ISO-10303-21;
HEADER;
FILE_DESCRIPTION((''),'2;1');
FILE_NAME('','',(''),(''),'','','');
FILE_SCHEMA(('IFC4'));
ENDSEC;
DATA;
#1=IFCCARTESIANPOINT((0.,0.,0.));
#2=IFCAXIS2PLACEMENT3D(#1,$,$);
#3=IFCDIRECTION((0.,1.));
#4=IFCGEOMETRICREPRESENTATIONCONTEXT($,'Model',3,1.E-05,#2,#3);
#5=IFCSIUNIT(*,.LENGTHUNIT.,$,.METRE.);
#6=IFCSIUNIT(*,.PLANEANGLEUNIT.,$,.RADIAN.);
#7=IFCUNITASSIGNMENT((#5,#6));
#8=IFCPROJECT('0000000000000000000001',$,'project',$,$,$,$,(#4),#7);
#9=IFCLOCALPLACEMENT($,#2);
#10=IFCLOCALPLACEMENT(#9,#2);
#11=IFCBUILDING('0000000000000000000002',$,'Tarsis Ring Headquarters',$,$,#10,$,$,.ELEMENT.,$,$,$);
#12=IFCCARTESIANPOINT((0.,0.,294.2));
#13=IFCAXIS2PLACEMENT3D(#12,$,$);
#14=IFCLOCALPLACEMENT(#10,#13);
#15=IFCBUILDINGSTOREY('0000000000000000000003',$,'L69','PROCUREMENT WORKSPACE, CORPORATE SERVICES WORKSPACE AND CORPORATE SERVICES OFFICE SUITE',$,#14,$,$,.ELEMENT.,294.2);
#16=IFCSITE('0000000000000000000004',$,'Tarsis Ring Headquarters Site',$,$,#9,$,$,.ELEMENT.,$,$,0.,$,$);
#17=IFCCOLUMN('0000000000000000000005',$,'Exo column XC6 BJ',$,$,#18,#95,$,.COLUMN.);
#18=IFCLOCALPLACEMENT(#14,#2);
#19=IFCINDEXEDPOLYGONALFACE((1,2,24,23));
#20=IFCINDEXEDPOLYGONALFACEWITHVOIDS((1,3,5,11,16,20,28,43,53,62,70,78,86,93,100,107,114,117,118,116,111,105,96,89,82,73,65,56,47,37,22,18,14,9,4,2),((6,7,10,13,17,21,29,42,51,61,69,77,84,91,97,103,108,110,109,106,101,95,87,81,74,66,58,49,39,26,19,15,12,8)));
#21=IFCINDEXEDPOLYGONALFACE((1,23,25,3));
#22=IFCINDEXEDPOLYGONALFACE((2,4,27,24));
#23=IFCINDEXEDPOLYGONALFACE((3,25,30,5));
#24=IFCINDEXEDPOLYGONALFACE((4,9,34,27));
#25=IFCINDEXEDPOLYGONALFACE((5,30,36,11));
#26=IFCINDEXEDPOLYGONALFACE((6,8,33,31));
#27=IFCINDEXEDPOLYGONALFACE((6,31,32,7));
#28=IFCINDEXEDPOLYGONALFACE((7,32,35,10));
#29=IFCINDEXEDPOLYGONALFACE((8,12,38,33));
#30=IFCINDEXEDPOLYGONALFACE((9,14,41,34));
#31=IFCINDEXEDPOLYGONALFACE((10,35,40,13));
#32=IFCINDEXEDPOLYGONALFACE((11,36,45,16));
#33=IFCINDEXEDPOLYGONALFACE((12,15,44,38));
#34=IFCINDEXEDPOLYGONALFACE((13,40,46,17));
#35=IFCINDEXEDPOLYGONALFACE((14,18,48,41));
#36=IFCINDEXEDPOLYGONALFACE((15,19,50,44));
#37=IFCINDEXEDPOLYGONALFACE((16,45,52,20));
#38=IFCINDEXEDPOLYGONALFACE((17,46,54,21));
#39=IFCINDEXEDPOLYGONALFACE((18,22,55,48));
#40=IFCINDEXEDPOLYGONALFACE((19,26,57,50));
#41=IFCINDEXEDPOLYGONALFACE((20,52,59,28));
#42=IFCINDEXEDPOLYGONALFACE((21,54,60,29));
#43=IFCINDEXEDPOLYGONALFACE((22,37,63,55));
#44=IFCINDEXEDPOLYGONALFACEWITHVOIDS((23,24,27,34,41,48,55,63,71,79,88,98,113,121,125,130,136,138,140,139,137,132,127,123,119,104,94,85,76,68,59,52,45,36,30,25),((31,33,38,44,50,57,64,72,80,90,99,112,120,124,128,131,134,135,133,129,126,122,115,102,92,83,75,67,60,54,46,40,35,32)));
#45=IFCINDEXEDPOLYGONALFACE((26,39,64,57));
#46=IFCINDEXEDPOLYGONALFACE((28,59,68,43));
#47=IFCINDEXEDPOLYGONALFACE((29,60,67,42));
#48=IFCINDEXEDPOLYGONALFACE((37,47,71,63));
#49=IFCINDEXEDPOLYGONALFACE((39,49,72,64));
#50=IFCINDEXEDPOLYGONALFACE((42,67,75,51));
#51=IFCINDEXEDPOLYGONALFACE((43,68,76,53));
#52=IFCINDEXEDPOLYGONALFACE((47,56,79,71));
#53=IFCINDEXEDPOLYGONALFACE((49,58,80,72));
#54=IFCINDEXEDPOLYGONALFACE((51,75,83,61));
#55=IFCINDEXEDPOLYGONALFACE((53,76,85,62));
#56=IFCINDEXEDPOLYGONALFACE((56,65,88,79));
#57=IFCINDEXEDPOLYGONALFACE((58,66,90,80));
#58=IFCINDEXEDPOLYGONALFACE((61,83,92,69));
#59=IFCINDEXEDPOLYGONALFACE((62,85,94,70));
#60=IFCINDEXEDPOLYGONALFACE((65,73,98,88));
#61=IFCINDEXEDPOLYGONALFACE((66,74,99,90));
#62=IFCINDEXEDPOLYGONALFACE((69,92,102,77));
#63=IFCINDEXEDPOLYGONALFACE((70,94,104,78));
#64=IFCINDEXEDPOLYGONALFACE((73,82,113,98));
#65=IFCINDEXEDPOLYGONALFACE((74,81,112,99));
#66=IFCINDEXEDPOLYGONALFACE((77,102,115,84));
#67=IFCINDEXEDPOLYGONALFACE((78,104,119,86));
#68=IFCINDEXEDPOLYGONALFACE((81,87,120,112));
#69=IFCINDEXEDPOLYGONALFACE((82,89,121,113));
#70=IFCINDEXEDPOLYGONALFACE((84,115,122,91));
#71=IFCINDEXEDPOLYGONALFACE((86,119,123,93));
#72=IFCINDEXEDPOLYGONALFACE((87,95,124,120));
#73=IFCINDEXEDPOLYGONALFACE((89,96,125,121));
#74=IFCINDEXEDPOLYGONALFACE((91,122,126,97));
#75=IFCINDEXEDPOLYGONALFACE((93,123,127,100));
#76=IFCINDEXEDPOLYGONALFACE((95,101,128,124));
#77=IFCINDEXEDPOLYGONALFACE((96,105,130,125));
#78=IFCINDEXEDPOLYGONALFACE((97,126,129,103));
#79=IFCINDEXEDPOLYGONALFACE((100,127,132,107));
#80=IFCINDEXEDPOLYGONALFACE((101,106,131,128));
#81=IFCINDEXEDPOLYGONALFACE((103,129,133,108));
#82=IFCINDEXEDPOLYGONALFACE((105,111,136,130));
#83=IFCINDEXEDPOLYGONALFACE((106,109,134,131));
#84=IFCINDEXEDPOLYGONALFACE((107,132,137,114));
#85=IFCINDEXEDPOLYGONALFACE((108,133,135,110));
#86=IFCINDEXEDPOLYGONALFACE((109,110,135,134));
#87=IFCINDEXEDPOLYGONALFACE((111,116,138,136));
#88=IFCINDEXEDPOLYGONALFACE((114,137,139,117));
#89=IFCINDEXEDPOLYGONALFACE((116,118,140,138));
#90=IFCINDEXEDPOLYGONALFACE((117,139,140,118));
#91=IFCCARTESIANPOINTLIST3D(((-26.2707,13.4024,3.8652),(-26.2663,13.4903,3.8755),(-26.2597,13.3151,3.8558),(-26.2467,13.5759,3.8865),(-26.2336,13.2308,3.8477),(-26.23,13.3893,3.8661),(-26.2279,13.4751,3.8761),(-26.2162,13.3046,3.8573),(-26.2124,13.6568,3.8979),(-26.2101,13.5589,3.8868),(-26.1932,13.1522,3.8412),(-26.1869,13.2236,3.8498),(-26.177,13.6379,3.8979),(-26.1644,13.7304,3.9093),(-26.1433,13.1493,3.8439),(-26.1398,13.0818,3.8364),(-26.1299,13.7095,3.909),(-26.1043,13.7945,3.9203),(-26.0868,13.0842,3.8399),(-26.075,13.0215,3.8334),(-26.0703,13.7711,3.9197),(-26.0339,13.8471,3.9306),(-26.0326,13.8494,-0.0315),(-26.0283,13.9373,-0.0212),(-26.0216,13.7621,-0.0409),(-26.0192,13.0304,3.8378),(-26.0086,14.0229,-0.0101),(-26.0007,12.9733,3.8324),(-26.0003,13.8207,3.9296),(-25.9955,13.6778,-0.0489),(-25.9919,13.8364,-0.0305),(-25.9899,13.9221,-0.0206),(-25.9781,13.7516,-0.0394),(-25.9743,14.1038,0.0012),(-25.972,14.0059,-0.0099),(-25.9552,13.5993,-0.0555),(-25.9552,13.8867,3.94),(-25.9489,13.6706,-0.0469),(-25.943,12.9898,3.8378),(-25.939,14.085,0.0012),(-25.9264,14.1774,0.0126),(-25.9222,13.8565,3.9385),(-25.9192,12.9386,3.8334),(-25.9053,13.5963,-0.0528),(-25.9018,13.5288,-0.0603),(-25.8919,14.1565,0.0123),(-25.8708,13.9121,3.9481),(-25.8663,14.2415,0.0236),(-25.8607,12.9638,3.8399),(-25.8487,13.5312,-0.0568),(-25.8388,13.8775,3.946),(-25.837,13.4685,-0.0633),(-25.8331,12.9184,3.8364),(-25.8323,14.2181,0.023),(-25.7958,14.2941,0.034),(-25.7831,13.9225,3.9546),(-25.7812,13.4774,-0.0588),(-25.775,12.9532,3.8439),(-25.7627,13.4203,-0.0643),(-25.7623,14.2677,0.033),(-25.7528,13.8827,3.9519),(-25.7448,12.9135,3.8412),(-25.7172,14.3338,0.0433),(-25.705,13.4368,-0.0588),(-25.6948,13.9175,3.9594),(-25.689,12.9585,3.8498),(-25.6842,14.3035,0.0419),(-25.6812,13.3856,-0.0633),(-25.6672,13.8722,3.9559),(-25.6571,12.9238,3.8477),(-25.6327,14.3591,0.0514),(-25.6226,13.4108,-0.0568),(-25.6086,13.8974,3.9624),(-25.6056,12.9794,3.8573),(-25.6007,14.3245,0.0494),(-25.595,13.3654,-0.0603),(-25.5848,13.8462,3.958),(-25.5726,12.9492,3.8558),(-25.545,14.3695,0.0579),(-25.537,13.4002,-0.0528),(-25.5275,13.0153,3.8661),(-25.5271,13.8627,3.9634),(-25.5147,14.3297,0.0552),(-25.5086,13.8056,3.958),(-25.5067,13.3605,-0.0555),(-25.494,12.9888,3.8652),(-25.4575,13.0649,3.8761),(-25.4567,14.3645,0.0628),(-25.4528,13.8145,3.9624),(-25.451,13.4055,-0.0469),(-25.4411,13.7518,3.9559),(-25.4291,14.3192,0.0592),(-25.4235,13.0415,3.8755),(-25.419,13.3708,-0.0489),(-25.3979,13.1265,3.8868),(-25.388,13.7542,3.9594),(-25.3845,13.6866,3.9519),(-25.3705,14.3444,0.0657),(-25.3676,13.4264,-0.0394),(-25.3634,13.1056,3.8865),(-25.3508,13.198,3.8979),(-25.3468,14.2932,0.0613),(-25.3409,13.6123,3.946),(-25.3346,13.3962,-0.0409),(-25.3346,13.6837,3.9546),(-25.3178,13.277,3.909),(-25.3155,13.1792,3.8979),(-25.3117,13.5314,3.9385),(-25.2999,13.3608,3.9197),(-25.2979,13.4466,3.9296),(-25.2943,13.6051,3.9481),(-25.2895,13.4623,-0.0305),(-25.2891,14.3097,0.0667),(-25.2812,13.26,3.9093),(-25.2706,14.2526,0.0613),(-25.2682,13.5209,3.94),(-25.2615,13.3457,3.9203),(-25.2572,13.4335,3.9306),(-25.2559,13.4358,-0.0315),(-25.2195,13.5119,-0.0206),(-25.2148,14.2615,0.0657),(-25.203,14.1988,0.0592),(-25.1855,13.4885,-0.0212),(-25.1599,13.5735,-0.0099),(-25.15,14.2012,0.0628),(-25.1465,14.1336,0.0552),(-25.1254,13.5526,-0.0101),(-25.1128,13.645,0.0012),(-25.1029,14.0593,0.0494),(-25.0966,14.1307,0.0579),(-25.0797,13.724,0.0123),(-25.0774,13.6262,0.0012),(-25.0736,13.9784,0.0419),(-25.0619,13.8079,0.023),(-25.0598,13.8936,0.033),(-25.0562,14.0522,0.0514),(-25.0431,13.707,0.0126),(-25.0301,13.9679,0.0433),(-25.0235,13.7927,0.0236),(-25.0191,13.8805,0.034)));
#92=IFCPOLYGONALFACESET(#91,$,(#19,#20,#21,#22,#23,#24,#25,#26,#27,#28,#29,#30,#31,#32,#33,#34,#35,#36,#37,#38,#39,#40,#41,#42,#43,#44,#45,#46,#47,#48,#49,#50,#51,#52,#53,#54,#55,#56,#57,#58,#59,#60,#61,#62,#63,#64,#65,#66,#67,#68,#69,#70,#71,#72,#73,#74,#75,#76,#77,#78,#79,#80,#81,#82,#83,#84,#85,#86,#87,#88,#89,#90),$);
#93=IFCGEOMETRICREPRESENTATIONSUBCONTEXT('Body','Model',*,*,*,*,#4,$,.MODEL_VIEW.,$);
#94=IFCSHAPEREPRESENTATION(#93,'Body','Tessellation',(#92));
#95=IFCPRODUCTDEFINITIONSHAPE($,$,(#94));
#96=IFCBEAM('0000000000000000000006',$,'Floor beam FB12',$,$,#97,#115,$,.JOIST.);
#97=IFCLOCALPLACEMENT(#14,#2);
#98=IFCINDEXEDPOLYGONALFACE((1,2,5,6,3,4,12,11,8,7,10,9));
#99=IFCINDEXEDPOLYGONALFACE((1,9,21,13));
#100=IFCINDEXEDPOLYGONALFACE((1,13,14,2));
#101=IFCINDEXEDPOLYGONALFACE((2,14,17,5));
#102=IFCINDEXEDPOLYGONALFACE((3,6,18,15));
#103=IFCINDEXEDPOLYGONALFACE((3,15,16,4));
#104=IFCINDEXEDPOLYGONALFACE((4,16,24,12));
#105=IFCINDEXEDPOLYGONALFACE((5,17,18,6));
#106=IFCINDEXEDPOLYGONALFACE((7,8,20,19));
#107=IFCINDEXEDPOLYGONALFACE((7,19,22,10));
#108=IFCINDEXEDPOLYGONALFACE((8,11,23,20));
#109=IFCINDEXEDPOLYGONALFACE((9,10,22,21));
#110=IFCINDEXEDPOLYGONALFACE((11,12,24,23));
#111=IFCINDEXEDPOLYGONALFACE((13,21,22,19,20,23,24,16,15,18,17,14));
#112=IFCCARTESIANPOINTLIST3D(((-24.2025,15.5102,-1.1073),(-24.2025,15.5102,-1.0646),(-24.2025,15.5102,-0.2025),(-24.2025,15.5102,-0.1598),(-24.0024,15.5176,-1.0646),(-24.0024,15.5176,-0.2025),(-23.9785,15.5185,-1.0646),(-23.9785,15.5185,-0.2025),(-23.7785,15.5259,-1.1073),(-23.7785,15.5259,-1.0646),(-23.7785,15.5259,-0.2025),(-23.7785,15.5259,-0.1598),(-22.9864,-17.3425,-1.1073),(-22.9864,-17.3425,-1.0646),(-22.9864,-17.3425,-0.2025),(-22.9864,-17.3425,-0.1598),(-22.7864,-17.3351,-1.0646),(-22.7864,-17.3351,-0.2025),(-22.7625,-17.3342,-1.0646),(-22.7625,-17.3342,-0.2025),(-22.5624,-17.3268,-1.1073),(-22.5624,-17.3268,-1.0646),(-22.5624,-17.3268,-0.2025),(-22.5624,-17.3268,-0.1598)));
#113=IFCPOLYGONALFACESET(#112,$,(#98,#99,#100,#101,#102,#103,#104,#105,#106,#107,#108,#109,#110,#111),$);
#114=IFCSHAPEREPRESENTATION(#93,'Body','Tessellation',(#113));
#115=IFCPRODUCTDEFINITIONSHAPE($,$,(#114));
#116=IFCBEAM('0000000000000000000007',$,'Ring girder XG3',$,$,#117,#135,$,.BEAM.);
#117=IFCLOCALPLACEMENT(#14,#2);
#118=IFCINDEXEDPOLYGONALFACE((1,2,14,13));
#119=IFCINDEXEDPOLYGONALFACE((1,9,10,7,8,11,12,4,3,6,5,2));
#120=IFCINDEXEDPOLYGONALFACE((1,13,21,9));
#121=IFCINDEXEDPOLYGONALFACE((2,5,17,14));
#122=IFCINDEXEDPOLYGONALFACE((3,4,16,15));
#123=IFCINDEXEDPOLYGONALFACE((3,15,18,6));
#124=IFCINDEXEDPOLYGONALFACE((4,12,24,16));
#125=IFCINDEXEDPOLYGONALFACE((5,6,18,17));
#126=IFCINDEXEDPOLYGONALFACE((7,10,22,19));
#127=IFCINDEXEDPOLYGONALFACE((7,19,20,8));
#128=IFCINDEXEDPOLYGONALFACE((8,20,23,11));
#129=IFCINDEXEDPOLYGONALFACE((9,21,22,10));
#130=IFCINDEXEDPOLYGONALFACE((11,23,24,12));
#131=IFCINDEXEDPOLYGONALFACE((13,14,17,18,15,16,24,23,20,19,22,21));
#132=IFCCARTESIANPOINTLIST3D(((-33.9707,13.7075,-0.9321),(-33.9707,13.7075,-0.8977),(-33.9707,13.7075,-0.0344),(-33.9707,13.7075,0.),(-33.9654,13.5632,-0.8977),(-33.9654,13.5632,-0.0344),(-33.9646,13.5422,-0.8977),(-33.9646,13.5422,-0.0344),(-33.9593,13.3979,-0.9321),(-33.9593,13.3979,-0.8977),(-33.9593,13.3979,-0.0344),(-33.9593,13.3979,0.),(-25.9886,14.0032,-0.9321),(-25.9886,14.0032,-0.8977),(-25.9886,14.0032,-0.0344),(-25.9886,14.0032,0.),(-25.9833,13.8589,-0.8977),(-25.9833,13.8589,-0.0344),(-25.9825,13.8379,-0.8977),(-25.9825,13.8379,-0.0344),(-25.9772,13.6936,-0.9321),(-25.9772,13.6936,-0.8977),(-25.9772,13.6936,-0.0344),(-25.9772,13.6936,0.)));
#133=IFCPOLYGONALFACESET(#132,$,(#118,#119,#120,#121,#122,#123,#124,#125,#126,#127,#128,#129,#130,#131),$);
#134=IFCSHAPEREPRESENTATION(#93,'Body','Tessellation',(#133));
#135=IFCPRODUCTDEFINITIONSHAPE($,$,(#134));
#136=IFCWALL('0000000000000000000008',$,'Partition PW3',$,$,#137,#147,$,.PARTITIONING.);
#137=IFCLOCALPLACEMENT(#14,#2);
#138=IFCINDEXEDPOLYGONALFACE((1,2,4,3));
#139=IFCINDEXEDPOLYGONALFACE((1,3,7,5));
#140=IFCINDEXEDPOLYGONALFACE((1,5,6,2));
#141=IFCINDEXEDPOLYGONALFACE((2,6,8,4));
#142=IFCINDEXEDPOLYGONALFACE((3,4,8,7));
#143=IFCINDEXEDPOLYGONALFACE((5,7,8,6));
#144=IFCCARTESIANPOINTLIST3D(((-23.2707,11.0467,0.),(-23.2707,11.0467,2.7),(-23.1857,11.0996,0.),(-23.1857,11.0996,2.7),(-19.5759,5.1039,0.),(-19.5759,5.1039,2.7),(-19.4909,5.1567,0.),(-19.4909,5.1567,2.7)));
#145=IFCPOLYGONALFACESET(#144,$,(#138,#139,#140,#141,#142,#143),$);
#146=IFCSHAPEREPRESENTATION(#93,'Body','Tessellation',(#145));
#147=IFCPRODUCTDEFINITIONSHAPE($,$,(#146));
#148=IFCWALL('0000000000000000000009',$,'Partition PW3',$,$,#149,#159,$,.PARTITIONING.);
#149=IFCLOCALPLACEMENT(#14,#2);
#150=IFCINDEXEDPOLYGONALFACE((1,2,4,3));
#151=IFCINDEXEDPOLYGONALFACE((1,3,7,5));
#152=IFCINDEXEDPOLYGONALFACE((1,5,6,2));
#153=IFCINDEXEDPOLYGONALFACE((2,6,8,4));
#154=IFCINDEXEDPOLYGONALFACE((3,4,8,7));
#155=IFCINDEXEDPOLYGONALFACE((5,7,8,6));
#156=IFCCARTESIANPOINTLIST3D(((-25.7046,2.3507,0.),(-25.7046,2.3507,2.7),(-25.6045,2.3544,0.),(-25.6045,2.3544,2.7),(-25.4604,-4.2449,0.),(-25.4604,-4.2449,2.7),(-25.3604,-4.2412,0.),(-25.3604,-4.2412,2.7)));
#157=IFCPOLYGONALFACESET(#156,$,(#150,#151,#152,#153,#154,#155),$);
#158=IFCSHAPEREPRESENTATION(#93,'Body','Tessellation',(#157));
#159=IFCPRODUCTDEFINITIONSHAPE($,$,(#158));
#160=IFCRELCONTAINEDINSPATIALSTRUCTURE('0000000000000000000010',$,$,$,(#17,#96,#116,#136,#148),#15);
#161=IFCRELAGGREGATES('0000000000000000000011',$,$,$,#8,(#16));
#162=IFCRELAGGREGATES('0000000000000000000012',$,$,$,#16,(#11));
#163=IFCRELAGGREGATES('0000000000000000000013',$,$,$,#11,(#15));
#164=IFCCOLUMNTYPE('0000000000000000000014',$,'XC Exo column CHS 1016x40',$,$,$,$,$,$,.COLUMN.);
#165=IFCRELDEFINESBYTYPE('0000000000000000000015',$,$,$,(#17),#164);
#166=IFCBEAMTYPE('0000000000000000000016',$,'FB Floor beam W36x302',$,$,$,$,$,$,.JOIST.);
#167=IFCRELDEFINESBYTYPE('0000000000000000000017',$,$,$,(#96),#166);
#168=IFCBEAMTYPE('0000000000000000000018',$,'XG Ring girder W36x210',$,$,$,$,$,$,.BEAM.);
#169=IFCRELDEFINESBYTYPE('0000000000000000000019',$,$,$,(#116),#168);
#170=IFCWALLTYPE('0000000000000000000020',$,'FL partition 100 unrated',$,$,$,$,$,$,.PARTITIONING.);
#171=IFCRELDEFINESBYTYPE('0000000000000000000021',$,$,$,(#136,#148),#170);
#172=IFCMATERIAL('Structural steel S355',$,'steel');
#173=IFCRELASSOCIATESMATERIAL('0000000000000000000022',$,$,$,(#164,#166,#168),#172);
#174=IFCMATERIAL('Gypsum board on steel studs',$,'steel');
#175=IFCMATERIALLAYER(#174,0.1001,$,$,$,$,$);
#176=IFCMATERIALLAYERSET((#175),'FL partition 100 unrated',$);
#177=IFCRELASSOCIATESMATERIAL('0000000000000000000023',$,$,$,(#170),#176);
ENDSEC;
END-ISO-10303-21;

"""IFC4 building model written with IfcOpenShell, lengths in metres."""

from ifc_helpers import new_model, si_unit, direction, frame, frame_2d, origin, origin_2d, place, context, subcontext, project, spatial, rectangle, hollow_circle, i_section, extrude, material, layer, layer_set, material_profile, profile_set, type_object, element, save


model = new_model("IFC4")

# Units and contexts
model_context = context("Model", 3, precision=1e-05, world=origin(), true_north=direction((0.0, 1.0)))
body_context = subcontext(model_context, "Body", "Model", "MODEL_VIEW")
ifc_project = project(units=[si_unit("LENGTHUNIT", "METRE"), si_unit("PLANEANGLEUNIT", "RADIAN")], contexts=[model_context])

# Site, building, storey
site_placement = place(None, origin())
site = spatial("IfcSite", under=ifc_project, at=site_placement, Name="Tarsis Ring Headquarters Site", CompositionType="ELEMENT", RefElevation=0.0)
building_placement = place(site_placement, origin())
building = spatial("IfcBuilding", under=site, at=building_placement, Name="Tarsis Ring Headquarters", CompositionType="ELEMENT")
storey_placement = place(building_placement, frame((0.0, 0.0, 294.2)))
storey = spatial("IfcBuildingStorey", under=building, at=storey_placement, Name="L69", Description="PROCUREMENT WORKSPACE, CORPORATE SERVICES WORKSPACE AND CORPORATE SERVICES OFFICE SUITE", CompositionType="ELEMENT", Elevation=294.2)

# Column
ifc_material_1 = material(Name="Structural steel S355", Category="steel")
ifc_material_profile_1 = material_profile(ifc_material_1, hollow_circle(Radius=0.5081, WallThickness=0.04, at=origin_2d()), Name="CHS 1016x40")
ifc_profile_set_1 = profile_set([ifc_material_profile_1], Name="Structural steel S355")
column_type = type_object("IfcColumnType", Name="XC Exo column CHS 1016x40", PredefinedType="COLUMN", material=ifc_profile_set_1)
column_placement = place(storey_placement, frame((-25.5259, 13.865, 0.0012), z_axis=(-0.060577, -0.11376, 0.99166), x_axis=(0.88266, -0.470013, 0.0)))
element("IfcColumn", 1, at=column_placement, inside=storey, type_object=column_type, Name="Exo column XC6 BJ", PredefinedType="COLUMN", context=body_context, shape_type="SweptSolid", body=[
    extrude(hollow_circle(Radius=0.5081, WallThickness=0.04, at=origin_2d()), origin(), (0.0, 0.0, 1.0), 3.9294),
])

# Beams
ifc_material_profile_2 = material_profile(ifc_material_1, i_section(OverallWidth=0.4243, OverallDepth=0.9475, WebThickness=0.0239, FlangeThickness=0.0427, at=origin_2d()), Name="W36x302")
ifc_profile_set_2 = profile_set([ifc_material_profile_2], Name="Structural steel S355")
beam_type_1 = type_object("IfcBeamType", Name="FB Floor beam W36x302", PredefinedType="JOIST", material=ifc_profile_set_2)
beam_1_placement = place(storey_placement, frame((-23.9905, 15.5181, -0.6335), z_axis=(0.03699, -0.999316, 0.0), x_axis=(0.999316, 0.03699, 0.0)))
element("IfcBeam", 2, at=beam_1_placement, inside=storey, type_object=beam_type_1, Name="Floor beam FB12", PredefinedType="JOIST", context=body_context, shape_type="SweptSolid", body=[
    extrude(i_section(OverallWidth=0.4243, OverallDepth=0.9475, WebThickness=0.0239, FlangeThickness=0.0427, at=origin_2d()), origin(), (0.0, 0.0, 1.0), 32.8752),
])
ifc_material_profile_3 = material_profile(ifc_material_1, i_section(OverallWidth=0.3098, OverallDepth=0.9321, WebThickness=0.021, FlangeThickness=0.0344, at=origin_2d()), Name="W36x210")
ifc_profile_set_3 = profile_set([ifc_material_profile_3], Name="Structural steel S355")
beam_type_2 = type_object("IfcBeamType", Name="XG Ring girder W36x210", PredefinedType="BEAM", material=ifc_profile_set_3)
beam_2_placement = place(storey_placement, frame((-25.9829, 13.8484, -0.4661), z_axis=(-0.999315, -0.037014, 0.0), x_axis=(0.037014, -0.999315, 0.0)))
element("IfcBeam", 3, at=beam_2_placement, inside=storey, type_object=beam_type_2, Name="Ring girder XG3", PredefinedType="BEAM", context=body_context, shape_type="SweptSolid", body=[
    extrude(i_section(OverallWidth=0.3098, OverallDepth=0.9321, WebThickness=0.021, FlangeThickness=0.0344, at=origin_2d()), origin(), (0.0, 0.0, 1.0), 7.9875),
])

# Walls
ifc_material_2 = material(Name="Gypsum board on steel studs", Category="steel")
ifc_layer_1 = layer(ifc_material_2, 0.1001)
ifc_layer_set_1 = layer_set([ifc_layer_1], Name="FL partition 100 unrated")
wall_type_1 = type_object("IfcWallType", Name="FL partition 100 unrated", PredefinedType="PARTITIONING", material=ifc_layer_set_1)
wall_1_placement = place(storey_placement, frame((-23.2283, 11.0732, 0.0), z_axis=(0.0, 0.0, 1.0), x_axis=(0.527997, -0.849246, 0.0)))
element("IfcWall", 4, at=wall_1_placement, inside=storey, type_object=wall_type_1, Name="Partition PW3", PredefinedType="PARTITIONING", context=body_context, shape_type="SweptSolid", body=[
    extrude(rectangle(XDim=6.9978, YDim=0.1001, at=frame_2d((3.499, 0.0))), origin(), (0.0, 0.0, 1.0), 2.7),
])
wall_2_placement = place(storey_placement, frame((-25.6545, 2.3525, 0.0), z_axis=(0.0, 0.0, 1.0), x_axis=(0.036991, -0.999316, 0.0)))
element("IfcWall", 5, at=wall_2_placement, inside=storey, type_object=wall_type_1, Name="Partition PW3", PredefinedType="PARTITIONING", context=body_context, shape_type="SweptSolid", body=[
    extrude(rectangle(XDim=6.6001, YDim=0.1001, at=frame_2d((3.3, 0.0))), origin(), (0.0, 0.0, 1.0), 2.7),
])

save(model, "model.ifc")
